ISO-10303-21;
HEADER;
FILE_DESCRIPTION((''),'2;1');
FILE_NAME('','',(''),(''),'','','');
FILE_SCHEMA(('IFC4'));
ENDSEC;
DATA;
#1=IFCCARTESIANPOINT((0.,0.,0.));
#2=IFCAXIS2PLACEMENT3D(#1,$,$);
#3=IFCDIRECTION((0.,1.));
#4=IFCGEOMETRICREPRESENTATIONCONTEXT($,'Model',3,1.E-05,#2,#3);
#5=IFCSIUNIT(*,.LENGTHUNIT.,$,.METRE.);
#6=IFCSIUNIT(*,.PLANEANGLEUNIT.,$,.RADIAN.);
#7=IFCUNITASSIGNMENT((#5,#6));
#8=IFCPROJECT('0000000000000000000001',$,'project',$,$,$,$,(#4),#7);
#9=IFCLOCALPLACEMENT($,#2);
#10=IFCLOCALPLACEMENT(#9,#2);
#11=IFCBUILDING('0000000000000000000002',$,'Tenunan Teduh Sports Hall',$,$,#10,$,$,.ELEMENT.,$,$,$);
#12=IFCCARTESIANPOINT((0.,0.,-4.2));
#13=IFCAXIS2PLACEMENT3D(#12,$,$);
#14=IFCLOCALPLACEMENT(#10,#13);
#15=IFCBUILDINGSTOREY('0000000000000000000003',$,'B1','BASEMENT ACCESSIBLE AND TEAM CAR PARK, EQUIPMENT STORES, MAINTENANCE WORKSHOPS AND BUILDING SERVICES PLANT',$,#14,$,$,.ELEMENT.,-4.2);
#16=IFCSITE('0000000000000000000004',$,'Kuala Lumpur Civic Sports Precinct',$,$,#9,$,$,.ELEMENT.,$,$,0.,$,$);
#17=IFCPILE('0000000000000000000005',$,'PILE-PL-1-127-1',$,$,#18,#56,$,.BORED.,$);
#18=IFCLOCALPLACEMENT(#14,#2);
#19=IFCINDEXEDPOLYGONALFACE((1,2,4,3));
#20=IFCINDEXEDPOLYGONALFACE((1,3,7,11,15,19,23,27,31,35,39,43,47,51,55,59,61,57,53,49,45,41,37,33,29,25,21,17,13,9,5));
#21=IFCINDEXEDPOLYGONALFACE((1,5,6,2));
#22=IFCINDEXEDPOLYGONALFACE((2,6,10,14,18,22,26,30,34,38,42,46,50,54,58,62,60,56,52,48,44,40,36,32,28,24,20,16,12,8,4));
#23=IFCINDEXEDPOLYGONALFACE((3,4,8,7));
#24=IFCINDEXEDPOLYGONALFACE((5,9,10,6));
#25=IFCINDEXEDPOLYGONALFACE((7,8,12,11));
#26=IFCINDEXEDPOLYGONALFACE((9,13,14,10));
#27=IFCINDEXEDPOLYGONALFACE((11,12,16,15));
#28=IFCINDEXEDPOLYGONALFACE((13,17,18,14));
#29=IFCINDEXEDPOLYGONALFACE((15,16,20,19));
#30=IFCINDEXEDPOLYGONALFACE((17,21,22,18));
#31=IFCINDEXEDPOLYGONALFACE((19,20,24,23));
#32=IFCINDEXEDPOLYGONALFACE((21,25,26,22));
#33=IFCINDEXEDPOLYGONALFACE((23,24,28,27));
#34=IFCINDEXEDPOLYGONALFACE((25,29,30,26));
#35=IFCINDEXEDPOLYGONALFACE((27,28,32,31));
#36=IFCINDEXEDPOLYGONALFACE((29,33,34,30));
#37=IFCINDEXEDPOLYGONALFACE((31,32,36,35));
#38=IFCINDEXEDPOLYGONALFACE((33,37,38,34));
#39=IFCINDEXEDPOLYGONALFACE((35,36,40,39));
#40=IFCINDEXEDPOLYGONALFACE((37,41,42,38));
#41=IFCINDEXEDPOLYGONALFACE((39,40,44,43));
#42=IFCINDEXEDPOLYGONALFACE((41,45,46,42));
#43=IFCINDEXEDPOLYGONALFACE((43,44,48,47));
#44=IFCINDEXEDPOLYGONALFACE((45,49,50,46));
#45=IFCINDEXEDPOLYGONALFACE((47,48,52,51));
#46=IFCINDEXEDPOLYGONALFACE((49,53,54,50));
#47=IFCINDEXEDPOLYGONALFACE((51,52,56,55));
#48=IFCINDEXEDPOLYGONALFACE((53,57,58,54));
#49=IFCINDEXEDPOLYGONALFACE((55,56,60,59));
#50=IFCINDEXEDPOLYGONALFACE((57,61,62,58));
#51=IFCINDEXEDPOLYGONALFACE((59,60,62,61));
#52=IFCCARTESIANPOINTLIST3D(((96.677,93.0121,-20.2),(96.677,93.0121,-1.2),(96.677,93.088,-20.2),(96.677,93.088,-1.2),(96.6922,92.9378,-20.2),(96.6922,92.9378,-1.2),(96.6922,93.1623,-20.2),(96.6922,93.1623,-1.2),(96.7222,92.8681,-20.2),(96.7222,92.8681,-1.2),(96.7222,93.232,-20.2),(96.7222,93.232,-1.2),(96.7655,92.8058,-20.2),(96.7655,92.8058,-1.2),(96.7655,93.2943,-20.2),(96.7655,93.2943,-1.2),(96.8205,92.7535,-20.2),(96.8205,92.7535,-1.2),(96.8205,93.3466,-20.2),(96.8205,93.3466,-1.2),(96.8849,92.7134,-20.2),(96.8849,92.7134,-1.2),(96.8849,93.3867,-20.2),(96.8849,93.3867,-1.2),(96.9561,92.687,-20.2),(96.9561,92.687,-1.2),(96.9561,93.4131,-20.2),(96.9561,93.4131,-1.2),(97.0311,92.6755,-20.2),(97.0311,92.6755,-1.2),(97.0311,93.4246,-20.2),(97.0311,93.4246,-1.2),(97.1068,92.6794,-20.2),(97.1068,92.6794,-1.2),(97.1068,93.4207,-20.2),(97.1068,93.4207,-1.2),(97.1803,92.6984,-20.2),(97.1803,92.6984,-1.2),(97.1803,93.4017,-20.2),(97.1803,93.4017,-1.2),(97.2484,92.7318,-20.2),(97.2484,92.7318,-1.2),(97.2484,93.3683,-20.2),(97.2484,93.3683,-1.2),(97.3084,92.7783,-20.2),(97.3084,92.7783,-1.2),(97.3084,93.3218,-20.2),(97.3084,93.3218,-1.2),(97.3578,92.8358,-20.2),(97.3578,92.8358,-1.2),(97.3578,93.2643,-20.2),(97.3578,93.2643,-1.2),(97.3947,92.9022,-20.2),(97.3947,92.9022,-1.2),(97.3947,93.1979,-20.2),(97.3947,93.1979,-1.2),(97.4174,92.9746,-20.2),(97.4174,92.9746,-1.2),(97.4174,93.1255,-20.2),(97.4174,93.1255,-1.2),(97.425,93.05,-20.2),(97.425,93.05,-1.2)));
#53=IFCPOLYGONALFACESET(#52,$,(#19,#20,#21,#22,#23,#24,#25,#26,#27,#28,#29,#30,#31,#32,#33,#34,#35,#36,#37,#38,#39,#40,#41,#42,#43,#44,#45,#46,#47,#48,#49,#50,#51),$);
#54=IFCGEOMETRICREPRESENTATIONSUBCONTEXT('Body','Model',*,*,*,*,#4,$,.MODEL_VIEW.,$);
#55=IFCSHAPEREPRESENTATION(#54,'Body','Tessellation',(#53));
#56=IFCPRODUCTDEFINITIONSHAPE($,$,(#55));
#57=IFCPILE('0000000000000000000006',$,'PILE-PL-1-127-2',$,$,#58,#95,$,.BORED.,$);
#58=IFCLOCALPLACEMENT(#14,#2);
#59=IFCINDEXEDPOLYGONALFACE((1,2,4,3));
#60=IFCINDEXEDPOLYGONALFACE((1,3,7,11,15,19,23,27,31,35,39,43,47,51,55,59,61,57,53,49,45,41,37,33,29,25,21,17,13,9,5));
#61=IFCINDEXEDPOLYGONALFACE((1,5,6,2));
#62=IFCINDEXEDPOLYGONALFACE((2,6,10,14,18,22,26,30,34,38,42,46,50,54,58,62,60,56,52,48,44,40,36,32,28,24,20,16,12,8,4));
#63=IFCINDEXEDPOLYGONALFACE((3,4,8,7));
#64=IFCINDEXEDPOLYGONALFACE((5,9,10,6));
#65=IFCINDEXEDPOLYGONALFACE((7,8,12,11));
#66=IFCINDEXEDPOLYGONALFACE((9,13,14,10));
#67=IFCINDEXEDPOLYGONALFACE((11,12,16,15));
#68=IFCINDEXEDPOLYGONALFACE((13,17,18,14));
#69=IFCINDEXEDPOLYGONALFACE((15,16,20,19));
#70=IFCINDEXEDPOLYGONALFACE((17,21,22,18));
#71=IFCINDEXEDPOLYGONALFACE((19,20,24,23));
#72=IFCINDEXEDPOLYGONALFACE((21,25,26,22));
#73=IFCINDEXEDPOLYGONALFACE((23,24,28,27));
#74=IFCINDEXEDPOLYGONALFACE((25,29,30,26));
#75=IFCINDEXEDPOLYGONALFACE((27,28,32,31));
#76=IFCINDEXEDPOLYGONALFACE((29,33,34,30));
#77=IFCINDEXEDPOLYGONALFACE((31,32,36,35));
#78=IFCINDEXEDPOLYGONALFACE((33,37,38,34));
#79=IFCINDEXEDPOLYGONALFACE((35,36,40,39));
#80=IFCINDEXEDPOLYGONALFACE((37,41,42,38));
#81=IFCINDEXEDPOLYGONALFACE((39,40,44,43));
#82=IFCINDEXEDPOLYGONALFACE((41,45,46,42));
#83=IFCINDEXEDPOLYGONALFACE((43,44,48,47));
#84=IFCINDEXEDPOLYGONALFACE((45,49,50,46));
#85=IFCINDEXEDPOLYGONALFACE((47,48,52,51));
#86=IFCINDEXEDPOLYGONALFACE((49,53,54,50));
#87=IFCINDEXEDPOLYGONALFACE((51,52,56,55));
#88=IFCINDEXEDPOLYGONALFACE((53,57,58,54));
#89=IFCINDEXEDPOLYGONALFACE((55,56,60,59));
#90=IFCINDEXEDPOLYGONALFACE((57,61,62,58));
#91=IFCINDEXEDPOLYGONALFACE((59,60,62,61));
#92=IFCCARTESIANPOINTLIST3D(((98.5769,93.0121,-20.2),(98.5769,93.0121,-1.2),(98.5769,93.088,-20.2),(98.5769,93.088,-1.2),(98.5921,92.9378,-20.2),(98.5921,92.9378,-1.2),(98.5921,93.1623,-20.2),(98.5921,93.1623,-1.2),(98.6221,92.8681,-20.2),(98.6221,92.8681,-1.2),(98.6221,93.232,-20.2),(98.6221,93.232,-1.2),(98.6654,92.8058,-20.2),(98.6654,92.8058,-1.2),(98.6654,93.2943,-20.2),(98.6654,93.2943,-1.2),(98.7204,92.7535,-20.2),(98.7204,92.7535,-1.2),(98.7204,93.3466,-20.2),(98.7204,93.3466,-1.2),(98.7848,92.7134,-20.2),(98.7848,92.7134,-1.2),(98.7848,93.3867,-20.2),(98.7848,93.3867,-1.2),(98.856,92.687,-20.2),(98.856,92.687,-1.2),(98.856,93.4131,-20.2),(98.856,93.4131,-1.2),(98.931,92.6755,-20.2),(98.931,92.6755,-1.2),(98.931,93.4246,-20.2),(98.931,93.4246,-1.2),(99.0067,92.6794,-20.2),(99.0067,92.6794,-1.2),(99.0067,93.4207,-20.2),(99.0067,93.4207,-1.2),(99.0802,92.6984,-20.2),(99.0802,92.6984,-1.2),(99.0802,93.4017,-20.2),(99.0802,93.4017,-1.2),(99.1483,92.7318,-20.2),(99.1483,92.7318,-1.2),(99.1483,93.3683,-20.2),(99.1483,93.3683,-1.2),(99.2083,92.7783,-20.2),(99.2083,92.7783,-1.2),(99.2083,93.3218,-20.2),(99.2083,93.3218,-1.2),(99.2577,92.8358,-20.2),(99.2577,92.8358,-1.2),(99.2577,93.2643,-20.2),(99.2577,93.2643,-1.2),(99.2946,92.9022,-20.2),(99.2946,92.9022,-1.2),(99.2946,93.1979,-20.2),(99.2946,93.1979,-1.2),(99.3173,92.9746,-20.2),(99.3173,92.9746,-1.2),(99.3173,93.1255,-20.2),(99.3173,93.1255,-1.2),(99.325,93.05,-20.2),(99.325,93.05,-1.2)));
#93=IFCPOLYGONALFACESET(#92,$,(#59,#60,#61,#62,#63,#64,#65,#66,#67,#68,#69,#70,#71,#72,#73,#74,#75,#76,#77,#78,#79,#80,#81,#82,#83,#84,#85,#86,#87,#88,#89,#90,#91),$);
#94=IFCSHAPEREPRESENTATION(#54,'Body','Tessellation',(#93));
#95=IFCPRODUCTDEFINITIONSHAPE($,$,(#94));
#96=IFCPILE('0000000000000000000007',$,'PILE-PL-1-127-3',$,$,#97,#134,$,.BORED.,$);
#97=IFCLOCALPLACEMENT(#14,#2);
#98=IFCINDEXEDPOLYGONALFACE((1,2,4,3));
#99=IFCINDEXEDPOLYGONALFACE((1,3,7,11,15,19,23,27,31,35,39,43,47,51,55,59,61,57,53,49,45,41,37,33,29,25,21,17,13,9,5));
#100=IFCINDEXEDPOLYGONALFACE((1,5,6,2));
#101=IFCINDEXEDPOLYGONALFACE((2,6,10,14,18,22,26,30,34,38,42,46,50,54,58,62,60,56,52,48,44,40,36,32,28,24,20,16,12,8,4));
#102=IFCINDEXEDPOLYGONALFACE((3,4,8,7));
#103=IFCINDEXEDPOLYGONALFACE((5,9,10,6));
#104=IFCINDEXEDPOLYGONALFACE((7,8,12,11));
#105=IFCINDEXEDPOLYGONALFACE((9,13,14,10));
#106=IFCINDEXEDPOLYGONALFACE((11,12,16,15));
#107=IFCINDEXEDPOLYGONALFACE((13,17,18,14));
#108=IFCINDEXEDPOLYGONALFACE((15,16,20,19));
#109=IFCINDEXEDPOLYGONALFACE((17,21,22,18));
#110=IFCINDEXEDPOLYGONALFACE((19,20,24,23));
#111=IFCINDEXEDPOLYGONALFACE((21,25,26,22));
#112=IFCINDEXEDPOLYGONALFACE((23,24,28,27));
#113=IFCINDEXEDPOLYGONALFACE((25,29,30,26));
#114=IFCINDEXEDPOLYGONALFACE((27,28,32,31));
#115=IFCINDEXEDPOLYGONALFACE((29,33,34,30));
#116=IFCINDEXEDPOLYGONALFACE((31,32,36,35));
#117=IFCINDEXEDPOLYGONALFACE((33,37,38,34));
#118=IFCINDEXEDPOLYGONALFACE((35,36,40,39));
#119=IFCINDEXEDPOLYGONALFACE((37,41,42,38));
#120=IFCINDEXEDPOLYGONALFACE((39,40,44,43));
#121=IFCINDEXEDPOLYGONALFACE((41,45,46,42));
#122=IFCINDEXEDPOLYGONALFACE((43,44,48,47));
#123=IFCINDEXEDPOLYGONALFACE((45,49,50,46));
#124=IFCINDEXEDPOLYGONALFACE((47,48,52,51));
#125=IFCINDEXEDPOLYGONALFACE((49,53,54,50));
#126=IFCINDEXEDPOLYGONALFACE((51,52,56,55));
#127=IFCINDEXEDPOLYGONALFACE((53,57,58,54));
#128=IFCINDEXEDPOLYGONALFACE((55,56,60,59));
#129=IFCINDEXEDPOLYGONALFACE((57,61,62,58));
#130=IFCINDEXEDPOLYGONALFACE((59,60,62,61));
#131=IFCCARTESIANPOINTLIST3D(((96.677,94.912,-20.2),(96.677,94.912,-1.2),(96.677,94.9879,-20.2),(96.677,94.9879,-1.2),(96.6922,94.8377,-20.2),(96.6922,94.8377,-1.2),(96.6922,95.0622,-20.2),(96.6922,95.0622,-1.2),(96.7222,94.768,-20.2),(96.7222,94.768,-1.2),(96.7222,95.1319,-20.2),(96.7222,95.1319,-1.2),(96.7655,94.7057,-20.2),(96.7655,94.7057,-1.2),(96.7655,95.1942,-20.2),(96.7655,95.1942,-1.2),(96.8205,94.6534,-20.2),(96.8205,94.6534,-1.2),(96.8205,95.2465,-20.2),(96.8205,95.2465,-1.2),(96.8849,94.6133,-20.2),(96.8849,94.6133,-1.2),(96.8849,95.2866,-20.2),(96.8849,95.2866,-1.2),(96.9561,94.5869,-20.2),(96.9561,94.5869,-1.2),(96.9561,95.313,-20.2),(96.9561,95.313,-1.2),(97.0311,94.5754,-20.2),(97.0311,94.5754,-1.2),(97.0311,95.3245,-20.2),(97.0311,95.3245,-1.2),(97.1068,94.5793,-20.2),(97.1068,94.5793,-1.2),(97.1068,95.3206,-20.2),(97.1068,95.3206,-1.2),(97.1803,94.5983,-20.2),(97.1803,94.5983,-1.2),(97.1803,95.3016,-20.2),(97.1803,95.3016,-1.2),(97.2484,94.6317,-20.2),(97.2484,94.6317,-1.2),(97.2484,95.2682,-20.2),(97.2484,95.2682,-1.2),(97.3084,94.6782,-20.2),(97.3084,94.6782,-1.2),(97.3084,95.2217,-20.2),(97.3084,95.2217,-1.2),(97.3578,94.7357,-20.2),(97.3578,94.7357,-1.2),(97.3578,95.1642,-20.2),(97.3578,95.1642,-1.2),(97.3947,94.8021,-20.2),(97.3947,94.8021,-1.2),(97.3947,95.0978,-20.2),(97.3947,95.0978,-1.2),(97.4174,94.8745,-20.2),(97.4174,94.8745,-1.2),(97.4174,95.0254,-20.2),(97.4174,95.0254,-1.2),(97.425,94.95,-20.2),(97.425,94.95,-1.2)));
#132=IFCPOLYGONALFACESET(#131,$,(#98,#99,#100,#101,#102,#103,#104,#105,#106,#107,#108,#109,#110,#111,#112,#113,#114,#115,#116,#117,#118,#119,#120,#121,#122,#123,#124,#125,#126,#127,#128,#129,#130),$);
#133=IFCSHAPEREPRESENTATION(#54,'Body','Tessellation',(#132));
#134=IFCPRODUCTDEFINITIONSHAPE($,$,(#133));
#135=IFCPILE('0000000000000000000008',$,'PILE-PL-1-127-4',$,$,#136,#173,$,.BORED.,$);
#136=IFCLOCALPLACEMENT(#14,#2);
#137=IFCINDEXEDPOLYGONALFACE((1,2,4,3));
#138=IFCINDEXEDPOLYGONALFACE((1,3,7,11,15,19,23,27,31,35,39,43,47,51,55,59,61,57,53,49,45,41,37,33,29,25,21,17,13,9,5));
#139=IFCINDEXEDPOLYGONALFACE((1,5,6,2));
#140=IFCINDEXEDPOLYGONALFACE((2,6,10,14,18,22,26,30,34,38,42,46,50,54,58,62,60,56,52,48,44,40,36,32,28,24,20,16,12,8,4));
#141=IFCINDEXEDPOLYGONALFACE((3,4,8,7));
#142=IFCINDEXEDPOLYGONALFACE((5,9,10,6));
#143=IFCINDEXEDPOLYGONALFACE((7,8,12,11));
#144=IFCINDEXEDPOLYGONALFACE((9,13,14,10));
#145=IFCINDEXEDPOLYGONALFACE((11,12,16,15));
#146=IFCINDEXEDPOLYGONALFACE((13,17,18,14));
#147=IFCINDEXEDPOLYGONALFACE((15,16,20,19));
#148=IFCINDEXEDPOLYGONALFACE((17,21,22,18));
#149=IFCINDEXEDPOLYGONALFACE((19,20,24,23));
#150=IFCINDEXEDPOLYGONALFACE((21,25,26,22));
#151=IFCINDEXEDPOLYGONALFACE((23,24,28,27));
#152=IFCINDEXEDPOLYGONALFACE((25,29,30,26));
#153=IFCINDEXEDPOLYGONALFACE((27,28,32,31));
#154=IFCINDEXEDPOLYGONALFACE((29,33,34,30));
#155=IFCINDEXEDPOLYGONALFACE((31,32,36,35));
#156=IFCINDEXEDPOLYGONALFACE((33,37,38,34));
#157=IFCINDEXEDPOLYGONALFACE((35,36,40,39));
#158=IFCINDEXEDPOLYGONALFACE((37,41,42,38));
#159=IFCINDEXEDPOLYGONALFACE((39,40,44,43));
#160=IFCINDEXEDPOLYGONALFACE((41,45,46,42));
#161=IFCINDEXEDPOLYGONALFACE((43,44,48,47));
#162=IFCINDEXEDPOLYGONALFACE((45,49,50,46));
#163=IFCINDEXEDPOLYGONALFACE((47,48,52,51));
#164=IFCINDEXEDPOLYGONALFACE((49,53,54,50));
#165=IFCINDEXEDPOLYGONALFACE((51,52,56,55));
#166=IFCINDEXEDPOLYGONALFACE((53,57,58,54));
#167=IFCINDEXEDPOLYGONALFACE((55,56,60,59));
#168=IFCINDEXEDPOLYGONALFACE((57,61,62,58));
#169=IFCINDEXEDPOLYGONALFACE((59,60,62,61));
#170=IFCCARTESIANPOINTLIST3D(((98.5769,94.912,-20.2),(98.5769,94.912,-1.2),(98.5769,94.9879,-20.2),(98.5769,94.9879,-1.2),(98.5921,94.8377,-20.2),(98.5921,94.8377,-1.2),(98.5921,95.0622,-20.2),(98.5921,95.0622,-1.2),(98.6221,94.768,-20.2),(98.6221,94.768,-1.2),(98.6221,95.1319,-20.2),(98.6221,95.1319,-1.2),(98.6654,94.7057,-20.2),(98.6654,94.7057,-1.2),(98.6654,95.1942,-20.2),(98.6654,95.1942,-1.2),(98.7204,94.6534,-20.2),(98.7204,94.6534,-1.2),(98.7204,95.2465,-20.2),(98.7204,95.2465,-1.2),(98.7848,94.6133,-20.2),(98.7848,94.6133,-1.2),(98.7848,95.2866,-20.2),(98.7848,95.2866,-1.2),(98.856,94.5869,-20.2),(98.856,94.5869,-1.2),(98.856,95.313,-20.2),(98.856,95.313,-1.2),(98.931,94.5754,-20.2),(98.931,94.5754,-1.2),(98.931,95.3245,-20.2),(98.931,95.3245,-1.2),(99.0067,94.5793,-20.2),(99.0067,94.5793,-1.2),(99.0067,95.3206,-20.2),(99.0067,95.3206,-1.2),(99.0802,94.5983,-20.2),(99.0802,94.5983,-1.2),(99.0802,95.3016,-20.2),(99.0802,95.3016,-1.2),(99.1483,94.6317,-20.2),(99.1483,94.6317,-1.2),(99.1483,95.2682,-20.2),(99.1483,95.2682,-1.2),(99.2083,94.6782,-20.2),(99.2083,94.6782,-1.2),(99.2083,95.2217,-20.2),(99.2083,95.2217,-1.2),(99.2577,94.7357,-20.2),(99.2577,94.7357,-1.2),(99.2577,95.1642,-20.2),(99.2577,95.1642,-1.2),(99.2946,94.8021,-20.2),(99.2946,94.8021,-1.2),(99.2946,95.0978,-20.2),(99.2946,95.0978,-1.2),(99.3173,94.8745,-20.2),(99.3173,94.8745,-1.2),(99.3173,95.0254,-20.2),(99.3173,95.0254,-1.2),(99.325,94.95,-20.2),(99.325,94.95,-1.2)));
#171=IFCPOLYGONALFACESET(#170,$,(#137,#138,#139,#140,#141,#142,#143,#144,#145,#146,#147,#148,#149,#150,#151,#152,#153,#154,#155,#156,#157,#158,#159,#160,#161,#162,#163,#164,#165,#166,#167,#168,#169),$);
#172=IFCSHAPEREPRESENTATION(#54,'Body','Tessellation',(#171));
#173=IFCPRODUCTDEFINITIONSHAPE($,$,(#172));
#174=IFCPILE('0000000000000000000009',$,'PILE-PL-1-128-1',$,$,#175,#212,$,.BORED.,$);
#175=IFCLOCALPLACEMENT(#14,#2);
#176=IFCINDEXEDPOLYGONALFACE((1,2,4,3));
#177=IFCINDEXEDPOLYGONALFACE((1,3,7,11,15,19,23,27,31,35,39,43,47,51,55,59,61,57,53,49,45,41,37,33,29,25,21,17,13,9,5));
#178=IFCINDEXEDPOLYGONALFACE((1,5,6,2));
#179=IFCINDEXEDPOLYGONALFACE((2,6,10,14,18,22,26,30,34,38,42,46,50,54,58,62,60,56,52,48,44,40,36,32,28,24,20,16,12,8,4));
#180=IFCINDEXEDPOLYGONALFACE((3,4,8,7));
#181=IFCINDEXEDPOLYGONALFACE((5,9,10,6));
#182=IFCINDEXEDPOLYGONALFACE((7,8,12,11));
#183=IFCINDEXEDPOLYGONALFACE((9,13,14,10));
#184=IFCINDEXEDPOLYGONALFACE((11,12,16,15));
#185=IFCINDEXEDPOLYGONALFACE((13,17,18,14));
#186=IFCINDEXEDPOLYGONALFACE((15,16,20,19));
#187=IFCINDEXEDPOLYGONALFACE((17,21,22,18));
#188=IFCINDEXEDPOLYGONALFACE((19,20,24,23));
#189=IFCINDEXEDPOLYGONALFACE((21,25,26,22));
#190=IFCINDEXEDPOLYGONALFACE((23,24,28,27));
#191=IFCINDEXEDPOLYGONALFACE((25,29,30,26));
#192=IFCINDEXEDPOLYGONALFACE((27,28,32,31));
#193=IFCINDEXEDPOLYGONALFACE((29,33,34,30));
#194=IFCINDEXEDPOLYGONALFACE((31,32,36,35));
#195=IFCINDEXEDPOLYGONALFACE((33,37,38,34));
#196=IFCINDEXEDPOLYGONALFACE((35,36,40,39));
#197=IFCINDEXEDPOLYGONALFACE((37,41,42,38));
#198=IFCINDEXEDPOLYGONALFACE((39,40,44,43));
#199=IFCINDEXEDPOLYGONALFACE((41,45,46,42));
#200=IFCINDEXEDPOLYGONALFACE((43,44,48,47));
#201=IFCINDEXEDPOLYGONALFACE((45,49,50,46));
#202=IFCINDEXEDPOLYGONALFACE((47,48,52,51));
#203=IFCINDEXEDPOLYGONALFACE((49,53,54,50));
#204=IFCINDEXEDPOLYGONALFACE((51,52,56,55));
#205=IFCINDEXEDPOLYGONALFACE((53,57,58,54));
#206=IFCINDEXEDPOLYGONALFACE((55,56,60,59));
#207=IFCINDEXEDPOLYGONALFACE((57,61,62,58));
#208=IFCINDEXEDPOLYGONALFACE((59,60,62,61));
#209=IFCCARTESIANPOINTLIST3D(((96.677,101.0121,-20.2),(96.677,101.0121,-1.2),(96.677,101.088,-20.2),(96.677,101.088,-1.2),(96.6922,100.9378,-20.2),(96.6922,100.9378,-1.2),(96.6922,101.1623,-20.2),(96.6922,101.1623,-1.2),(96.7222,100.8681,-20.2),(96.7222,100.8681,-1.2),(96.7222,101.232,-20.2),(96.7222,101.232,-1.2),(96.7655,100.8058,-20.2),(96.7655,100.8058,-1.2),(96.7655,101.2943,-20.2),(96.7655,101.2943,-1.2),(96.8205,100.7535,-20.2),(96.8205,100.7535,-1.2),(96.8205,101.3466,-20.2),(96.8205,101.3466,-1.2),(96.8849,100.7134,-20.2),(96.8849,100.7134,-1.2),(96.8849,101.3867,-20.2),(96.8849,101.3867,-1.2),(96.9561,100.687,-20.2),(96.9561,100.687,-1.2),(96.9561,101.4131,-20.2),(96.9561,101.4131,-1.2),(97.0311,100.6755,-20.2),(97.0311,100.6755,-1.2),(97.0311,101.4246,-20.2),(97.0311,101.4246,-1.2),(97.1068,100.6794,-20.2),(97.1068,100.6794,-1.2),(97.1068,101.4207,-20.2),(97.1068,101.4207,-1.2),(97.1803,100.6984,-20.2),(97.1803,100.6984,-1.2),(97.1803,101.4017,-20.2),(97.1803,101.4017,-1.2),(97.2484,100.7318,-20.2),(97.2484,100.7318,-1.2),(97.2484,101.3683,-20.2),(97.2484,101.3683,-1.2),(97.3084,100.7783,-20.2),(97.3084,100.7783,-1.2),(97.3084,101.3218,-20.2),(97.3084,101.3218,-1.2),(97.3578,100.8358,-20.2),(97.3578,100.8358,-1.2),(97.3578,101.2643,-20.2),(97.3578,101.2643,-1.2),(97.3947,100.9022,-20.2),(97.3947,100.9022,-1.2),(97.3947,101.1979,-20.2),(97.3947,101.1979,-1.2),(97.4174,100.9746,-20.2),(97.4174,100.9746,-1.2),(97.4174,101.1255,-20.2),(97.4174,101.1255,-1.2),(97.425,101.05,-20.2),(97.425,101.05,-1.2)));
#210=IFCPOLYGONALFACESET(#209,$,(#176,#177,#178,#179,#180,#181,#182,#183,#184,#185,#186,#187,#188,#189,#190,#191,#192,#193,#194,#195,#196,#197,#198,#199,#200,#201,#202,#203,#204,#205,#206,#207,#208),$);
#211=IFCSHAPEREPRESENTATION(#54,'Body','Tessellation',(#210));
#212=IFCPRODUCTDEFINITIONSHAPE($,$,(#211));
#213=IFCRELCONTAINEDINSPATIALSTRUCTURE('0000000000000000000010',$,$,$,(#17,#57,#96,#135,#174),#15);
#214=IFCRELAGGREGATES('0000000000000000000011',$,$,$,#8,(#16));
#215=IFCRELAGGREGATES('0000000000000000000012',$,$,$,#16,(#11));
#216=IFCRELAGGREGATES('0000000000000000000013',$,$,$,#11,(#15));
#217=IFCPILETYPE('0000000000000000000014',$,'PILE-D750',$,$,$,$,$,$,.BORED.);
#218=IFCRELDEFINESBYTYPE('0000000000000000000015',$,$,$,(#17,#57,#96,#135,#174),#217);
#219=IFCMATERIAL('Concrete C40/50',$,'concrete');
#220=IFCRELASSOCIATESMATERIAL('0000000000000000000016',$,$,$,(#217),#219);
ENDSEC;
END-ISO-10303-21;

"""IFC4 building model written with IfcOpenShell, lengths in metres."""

from ifc_helpers import new_model, si_unit, direction, frame, origin, origin_2d, place, context, subcontext, project, spatial, circle, extrude, material, material_profile, profile_set, type_object, element, save


model = new_model("IFC4")

# Units and contexts
model_context = context("Model", 3, precision=1e-05, world=origin(), true_north=direction((0.0, 1.0)))
body_context = subcontext(model_context, "Body", "Model", "MODEL_VIEW")
ifc_project = project(units=[si_unit("LENGTHUNIT", "METRE"), si_unit("PLANEANGLEUNIT", "RADIAN")], contexts=[model_context])

# Site, building, storey
site_placement = place(None, origin())
site = spatial("IfcSite", under=ifc_project, at=site_placement, Name="Kuala Lumpur Civic Sports Precinct", CompositionType="ELEMENT", RefElevation=0.0)
building_placement = place(site_placement, origin())
building = spatial("IfcBuilding", under=site, at=building_placement, Name="Tenunan Teduh Sports Hall", CompositionType="ELEMENT")
storey_placement = place(building_placement, frame((0.0, 0.0, -4.2)))
storey = spatial("IfcBuildingStorey", under=building, at=storey_placement, Name="B1", Description="BASEMENT ACCESSIBLE AND TEAM CAR PARK, EQUIPMENT STORES, MAINTENANCE WORKSHOPS AND BUILDING SERVICES PLANT", CompositionType="ELEMENT", Elevation=-4.2)

# Piles
ifc_material_1 = material(Name="Concrete C40/50", Category="concrete")
ifc_material_profile_1 = material_profile(ifc_material_1, circle(Radius=0.375, at=origin_2d()), Name="PILE D750")
ifc_profile_set_1 = profile_set([ifc_material_profile_1], Name="Concrete C40/50")
pile_type_1 = type_object("IfcPileType", Name="PILE-D750", PredefinedType="BORED", material=ifc_profile_set_1)
for number, where, z_axis, x_axis, name in (
    (1, (97.05, 93.05, -1.2), (0.0, 0.0, -1.0), (1.0, 0.0, 0.0), "PILE-PL-1-127-1"),
    (2, (98.95, 93.05, -1.2), (0.0, 0.0, -1.0), (1.0, 0.0, 0.0), "PILE-PL-1-127-2"),
    (3, (97.05, 94.95, -1.2), (0.0, 0.0, -1.0), (1.0, 0.0, 0.0), "PILE-PL-1-127-3"),
    (4, (98.95, 94.95, -1.2), (0.0, 0.0, -1.0), (1.0, 0.0, 0.0), "PILE-PL-1-127-4"),
    (5, (97.05, 101.05, -1.2), (0.0, 0.0, -1.0), (1.0, 0.0, 0.0), "PILE-PL-1-128-1"),
):
    element("IfcPile", number, at=place(storey_placement, frame(where, z_axis=z_axis, x_axis=x_axis)), inside=storey, type_object=pile_type_1, Name=name, PredefinedType="BORED", context=body_context, shape_type="SweptSolid", body=[
        extrude(circle(Radius=0.375, at=origin_2d()), origin(), (0.0, 0.0, 1.0), 19.0),
    ])

save(model, "model.ifc")
